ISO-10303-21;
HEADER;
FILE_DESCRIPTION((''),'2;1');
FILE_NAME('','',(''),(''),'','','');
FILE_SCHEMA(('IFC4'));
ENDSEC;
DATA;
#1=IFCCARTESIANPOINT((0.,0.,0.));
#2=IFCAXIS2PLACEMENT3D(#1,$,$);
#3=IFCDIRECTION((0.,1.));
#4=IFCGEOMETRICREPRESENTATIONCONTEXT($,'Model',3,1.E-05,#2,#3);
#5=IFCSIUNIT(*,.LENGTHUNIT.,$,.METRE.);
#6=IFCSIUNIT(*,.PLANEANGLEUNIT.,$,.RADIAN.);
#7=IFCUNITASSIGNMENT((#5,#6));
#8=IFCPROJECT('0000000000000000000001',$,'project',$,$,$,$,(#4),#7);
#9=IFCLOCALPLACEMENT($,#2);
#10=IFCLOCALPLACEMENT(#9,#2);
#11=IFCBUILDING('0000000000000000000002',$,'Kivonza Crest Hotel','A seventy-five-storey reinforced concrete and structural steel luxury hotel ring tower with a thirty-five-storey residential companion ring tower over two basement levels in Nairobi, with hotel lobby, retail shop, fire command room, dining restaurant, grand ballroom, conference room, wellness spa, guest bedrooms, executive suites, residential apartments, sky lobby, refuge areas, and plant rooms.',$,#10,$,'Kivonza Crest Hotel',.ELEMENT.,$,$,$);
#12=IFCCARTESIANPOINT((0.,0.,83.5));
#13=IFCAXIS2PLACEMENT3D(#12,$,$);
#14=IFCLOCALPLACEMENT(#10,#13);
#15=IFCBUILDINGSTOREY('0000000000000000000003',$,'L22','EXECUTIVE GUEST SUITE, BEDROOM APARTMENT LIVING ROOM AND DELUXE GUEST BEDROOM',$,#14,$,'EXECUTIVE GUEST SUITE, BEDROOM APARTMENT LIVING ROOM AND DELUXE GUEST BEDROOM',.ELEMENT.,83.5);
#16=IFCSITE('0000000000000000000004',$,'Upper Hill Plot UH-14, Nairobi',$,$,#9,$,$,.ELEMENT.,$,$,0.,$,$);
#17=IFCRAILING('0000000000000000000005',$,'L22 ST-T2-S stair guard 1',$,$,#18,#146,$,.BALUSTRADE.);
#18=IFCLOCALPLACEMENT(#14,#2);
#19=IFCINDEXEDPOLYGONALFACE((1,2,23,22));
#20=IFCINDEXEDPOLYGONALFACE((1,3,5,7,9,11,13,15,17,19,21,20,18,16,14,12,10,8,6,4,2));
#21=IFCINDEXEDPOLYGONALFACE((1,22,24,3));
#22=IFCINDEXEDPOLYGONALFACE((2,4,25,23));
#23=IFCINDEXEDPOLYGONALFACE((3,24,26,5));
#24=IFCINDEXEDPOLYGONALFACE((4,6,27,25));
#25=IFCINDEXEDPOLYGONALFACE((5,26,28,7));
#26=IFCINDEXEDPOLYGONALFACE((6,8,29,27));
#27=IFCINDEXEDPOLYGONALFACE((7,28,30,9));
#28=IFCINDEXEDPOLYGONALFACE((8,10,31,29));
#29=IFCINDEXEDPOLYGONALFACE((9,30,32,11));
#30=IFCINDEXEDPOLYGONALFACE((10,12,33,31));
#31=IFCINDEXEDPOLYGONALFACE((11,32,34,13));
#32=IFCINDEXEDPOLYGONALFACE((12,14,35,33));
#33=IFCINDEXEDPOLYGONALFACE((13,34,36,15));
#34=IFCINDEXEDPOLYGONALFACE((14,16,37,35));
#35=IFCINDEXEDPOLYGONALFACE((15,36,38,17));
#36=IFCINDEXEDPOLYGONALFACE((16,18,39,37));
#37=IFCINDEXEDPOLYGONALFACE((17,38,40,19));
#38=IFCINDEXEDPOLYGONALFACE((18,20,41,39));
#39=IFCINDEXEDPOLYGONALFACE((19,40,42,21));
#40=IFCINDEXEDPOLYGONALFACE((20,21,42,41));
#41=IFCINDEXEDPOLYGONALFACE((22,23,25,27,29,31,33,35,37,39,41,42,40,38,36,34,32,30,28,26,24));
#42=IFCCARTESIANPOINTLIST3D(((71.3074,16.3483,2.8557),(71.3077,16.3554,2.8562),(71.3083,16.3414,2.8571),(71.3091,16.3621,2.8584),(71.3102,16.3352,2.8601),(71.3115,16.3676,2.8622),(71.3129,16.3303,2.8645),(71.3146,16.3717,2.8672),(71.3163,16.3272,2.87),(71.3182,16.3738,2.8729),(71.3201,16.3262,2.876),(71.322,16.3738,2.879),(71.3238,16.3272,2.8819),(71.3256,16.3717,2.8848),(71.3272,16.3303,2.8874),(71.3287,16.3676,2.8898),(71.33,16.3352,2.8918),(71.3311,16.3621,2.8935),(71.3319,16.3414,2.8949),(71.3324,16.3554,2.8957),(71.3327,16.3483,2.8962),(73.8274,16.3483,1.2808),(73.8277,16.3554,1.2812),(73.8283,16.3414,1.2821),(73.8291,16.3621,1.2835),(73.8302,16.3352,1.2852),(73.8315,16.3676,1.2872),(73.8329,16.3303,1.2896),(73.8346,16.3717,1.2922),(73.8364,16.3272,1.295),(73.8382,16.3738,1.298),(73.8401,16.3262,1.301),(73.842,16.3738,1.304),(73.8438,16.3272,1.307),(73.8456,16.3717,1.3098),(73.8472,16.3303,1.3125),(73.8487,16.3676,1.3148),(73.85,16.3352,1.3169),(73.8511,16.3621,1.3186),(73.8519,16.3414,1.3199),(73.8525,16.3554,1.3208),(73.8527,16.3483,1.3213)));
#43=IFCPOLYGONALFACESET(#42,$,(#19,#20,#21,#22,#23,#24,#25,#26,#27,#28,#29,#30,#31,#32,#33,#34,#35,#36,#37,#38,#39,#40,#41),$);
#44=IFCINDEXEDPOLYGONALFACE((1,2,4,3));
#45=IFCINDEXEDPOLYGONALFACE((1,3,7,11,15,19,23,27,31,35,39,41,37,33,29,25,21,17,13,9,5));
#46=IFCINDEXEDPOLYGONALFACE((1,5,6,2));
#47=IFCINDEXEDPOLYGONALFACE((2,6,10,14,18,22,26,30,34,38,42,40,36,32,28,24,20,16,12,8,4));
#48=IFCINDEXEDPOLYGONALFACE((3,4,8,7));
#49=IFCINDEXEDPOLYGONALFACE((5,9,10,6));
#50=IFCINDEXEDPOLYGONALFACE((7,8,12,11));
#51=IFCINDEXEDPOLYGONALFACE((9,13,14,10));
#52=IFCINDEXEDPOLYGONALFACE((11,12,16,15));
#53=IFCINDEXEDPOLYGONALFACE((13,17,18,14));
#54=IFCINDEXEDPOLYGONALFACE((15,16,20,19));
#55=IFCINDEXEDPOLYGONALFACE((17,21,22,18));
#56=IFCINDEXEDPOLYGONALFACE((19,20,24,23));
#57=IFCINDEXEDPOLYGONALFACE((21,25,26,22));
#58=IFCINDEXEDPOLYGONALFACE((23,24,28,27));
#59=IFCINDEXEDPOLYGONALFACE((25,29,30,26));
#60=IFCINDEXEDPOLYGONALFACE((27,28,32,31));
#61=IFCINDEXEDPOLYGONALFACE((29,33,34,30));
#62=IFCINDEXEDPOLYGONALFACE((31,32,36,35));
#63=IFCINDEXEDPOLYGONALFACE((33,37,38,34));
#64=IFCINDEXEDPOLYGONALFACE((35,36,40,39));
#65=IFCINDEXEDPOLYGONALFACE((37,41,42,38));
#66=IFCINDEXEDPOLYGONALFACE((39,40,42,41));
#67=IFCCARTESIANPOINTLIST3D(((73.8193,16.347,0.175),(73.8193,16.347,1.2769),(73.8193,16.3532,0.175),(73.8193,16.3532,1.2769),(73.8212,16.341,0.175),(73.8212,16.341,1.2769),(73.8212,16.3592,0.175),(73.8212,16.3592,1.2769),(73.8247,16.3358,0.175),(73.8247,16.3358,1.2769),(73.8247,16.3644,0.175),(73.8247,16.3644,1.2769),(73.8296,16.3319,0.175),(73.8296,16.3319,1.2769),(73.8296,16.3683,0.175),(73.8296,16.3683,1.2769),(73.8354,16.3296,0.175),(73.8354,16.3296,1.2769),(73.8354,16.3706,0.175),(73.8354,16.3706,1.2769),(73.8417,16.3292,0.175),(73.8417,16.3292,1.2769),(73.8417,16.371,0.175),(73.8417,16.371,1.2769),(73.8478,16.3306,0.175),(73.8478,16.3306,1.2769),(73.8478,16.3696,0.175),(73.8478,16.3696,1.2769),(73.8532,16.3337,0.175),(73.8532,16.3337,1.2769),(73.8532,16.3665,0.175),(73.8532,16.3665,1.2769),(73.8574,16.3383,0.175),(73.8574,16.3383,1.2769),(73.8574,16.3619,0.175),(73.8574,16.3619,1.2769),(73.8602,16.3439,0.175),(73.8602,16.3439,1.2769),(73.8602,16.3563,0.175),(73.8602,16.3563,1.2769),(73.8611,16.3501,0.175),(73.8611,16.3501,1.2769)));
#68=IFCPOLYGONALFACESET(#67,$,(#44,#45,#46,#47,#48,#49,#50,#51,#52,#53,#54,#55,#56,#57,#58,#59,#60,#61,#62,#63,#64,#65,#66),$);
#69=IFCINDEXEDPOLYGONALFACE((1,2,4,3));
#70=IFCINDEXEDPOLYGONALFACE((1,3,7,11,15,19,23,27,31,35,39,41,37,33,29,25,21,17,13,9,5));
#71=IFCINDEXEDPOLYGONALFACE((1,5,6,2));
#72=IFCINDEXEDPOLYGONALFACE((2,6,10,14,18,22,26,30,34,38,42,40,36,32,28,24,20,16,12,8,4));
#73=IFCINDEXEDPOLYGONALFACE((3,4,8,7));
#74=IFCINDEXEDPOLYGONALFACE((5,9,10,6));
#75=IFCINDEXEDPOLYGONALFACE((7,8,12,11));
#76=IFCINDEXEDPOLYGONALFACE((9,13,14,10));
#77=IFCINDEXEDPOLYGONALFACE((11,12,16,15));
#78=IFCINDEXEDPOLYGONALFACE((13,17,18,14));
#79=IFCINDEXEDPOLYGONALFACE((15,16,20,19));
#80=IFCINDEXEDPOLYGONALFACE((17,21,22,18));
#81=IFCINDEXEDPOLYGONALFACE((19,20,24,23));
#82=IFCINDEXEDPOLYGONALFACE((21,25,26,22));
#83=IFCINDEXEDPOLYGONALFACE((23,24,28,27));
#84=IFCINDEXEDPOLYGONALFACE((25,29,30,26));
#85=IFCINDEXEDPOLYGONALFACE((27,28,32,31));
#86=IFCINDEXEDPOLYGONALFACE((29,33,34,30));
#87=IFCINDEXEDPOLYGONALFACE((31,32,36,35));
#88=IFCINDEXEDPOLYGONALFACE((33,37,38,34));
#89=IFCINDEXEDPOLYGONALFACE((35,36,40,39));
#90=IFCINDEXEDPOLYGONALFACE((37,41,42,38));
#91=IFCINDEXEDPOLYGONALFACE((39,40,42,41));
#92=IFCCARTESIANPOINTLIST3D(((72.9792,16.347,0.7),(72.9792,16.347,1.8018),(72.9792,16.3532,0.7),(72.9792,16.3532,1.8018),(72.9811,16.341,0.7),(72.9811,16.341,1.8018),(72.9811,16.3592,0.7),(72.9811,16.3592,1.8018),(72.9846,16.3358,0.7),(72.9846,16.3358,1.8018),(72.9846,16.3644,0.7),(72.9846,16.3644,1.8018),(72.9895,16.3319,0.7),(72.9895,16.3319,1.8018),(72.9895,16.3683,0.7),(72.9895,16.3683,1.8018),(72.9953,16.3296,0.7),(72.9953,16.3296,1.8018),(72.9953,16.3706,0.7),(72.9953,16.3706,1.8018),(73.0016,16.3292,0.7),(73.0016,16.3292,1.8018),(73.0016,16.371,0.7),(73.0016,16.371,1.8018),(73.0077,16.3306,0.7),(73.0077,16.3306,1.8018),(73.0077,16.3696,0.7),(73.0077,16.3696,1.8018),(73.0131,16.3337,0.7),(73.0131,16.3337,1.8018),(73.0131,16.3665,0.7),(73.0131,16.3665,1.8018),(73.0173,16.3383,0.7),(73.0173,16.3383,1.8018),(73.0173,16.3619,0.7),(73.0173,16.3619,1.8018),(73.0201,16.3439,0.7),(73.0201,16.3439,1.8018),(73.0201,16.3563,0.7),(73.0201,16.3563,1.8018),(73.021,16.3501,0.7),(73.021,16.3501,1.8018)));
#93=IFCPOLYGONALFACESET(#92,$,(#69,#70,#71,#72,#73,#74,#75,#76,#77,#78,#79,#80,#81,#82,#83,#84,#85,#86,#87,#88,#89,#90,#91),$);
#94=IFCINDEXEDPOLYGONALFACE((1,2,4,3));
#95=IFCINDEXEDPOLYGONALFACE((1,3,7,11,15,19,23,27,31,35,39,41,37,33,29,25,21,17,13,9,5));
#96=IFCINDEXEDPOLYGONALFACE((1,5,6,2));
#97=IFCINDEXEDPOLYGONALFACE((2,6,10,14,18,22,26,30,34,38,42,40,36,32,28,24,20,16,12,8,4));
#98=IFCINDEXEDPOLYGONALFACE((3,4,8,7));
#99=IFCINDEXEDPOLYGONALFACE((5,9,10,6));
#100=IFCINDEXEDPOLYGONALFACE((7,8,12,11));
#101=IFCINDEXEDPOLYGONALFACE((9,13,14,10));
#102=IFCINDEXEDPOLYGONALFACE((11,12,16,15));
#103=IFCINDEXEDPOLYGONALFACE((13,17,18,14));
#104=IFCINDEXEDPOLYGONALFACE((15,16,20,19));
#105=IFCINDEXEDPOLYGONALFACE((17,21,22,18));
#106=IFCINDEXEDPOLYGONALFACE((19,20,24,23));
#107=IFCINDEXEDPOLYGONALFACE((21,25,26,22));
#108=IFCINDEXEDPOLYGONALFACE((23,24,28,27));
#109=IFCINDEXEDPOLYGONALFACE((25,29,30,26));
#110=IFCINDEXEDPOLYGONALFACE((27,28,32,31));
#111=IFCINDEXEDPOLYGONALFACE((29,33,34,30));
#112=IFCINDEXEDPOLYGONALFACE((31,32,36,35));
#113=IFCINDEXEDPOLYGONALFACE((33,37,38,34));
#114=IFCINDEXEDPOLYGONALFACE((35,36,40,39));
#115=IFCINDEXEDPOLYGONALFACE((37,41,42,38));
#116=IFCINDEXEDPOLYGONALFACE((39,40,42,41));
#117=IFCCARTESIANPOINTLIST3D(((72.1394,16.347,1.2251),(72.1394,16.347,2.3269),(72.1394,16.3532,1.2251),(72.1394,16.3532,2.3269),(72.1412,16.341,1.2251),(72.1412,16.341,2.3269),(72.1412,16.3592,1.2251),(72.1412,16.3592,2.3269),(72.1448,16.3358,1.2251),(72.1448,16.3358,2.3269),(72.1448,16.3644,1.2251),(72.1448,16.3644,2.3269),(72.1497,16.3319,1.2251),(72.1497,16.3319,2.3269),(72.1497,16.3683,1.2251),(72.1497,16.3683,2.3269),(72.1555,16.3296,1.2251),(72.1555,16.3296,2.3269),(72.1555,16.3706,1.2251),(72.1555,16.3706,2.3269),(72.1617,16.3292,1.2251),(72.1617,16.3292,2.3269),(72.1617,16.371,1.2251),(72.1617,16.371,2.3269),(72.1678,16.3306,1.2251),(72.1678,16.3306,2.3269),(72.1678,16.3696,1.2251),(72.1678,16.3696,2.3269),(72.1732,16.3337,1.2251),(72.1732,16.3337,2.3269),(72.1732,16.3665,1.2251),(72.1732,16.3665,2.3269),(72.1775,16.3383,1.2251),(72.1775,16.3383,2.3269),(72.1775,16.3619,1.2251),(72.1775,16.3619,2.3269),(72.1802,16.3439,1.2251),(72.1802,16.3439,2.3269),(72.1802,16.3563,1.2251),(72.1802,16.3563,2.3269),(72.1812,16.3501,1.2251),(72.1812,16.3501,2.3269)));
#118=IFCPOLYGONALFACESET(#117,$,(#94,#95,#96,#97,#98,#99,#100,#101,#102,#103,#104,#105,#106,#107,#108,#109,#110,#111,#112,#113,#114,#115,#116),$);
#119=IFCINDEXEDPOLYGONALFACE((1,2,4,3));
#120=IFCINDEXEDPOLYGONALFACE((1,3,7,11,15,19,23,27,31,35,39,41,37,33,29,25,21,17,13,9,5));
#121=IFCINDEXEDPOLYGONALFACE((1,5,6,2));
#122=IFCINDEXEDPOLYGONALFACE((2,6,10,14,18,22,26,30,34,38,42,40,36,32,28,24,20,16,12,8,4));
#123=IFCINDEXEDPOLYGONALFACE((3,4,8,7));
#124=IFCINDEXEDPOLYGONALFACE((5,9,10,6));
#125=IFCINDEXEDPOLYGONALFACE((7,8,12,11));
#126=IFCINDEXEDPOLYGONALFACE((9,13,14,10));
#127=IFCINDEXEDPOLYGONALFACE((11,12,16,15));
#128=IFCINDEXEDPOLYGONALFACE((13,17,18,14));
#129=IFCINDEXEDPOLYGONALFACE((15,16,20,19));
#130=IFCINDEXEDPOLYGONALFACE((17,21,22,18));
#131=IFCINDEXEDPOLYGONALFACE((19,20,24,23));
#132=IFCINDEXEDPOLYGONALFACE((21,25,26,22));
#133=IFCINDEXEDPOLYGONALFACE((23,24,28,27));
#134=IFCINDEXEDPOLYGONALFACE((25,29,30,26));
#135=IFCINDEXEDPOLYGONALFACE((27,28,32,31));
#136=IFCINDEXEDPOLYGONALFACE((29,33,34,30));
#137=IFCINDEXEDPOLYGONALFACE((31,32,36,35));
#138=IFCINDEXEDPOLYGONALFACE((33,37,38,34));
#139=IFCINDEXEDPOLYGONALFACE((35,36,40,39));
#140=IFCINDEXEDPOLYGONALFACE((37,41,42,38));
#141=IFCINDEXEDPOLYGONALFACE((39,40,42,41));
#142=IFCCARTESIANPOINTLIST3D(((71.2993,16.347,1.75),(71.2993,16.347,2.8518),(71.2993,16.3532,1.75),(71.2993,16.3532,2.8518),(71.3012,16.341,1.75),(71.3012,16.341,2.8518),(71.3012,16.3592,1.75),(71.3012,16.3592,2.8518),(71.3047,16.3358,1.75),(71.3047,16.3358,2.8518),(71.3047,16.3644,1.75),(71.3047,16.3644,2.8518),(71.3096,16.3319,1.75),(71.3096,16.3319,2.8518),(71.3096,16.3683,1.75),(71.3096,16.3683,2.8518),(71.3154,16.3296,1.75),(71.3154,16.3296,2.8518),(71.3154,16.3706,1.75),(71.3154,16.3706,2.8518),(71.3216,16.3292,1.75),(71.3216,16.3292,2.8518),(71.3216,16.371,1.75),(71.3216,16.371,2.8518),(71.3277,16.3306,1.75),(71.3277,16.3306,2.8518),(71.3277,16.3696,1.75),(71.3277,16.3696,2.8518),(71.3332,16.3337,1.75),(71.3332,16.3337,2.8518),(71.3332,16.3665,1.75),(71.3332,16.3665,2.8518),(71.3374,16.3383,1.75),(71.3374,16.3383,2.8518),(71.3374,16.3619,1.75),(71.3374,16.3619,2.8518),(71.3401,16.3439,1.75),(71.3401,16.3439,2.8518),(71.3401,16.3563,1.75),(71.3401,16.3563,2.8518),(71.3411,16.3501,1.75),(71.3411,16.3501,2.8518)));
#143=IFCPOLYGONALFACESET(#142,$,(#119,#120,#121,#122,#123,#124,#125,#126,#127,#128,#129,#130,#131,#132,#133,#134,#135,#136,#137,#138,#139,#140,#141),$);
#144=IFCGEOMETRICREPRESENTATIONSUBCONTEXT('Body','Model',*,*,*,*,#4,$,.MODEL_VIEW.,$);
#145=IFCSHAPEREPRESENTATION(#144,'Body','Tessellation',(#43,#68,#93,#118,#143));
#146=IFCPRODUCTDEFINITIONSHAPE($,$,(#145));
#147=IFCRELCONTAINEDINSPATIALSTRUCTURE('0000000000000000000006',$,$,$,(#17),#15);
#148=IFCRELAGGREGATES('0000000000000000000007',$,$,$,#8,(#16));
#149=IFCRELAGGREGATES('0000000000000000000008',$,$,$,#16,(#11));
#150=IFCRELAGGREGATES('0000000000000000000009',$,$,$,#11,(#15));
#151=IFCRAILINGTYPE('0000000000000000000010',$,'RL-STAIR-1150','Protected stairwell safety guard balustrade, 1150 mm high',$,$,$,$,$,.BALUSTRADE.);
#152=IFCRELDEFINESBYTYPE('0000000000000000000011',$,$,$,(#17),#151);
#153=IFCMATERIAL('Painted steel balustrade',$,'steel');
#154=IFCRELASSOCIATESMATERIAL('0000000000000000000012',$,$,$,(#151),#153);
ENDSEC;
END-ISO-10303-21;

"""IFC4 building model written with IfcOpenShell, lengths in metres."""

from ifc_helpers import new_model, si_unit, direction, frame, origin, origin_2d, place, context, subcontext, project, spatial, circle, extrude, material, type_object, element, save


model = new_model("IFC4")

# Units and contexts
model_context = context("Model", 3, precision=1e-05, world=origin(), true_north=direction((0.0, 1.0)))
body_context = subcontext(model_context, "Body", "Model", "MODEL_VIEW")
ifc_project = project(units=[si_unit("LENGTHUNIT", "METRE"), si_unit("PLANEANGLEUNIT", "RADIAN")], contexts=[model_context])

# Site, building, storey
site_placement = place(None, origin())
site = spatial("IfcSite", under=ifc_project, at=site_placement, Name="Upper Hill Plot UH-14, Nairobi", CompositionType="ELEMENT", RefElevation=0.0)
building_placement = place(site_placement, origin())
building = spatial("IfcBuilding", under=site, at=building_placement, Name="Kivonza Crest Hotel", Description="A seventy-five-storey reinforced concrete and structural steel luxury hotel ring tower with a thirty-five-storey residential companion ring tower over two basement levels in Nairobi, with hotel lobby, retail shop, fire command room, dining restaurant, grand ballroom, conference room, wellness spa, guest bedrooms, executive suites, residential apartments, sky lobby, refuge areas, and plant rooms.", LongName="Kivonza Crest Hotel", CompositionType="ELEMENT")
storey_placement = place(building_placement, frame((0.0, 0.0, 83.5)))
storey = spatial("IfcBuildingStorey", under=building, at=storey_placement, Name="L22", Description="EXECUTIVE GUEST SUITE, BEDROOM APARTMENT LIVING ROOM AND DELUXE GUEST BEDROOM", LongName="EXECUTIVE GUEST SUITE, BEDROOM APARTMENT LIVING ROOM AND DELUXE GUEST BEDROOM", CompositionType="ELEMENT", Elevation=83.5)

# Railing
ifc_material_1 = material(Name="Painted steel balustrade", Category="steel")
railing_type_1 = type_object("IfcRailingType", Name="RL-STAIR-1150", Description="Protected stairwell safety guard balustrade, 1150 mm high", PredefinedType="BALUSTRADE", material=ifc_material_1)
railing_1_placement = place(storey_placement, frame((73.8401, 16.3501, 0.175)))
element("IfcRailing", 1, at=railing_1_placement, inside=storey, type_object=railing_type_1, Name="L22 ST-T2-S stair guard 1", PredefinedType="BALUSTRADE", context=body_context, shape_type="SweptSolid", body=[
    extrude(circle(Radius=0.0239, at=origin_2d()), frame((0.0, 0.0, 1.126), z_axis=(-0.848008, 0.0, 0.529984), x_axis=(0.0, -1.0, 0.0)), (0.0, 0.0, 1.0), 2.9717),
    extrude(circle(Radius=0.021, at=origin_2d()), origin(), (0.0, 0.0, 1.0), 1.1018),
    extrude(circle(Radius=0.021, at=origin_2d()), frame((-0.8401, 0.0, 0.5249)), (0.0, 0.0, 1.0), 1.1018),
    extrude(circle(Radius=0.021, at=origin_2d()), frame((-1.6799, 0.0, 1.05)), (0.0, 0.0, 1.0), 1.1018),
    extrude(circle(Radius=0.021, at=origin_2d()), frame((-2.52, 0.0, 1.575)), (0.0, 0.0, 1.0), 1.1018),
])

save(model, "model.ifc")
